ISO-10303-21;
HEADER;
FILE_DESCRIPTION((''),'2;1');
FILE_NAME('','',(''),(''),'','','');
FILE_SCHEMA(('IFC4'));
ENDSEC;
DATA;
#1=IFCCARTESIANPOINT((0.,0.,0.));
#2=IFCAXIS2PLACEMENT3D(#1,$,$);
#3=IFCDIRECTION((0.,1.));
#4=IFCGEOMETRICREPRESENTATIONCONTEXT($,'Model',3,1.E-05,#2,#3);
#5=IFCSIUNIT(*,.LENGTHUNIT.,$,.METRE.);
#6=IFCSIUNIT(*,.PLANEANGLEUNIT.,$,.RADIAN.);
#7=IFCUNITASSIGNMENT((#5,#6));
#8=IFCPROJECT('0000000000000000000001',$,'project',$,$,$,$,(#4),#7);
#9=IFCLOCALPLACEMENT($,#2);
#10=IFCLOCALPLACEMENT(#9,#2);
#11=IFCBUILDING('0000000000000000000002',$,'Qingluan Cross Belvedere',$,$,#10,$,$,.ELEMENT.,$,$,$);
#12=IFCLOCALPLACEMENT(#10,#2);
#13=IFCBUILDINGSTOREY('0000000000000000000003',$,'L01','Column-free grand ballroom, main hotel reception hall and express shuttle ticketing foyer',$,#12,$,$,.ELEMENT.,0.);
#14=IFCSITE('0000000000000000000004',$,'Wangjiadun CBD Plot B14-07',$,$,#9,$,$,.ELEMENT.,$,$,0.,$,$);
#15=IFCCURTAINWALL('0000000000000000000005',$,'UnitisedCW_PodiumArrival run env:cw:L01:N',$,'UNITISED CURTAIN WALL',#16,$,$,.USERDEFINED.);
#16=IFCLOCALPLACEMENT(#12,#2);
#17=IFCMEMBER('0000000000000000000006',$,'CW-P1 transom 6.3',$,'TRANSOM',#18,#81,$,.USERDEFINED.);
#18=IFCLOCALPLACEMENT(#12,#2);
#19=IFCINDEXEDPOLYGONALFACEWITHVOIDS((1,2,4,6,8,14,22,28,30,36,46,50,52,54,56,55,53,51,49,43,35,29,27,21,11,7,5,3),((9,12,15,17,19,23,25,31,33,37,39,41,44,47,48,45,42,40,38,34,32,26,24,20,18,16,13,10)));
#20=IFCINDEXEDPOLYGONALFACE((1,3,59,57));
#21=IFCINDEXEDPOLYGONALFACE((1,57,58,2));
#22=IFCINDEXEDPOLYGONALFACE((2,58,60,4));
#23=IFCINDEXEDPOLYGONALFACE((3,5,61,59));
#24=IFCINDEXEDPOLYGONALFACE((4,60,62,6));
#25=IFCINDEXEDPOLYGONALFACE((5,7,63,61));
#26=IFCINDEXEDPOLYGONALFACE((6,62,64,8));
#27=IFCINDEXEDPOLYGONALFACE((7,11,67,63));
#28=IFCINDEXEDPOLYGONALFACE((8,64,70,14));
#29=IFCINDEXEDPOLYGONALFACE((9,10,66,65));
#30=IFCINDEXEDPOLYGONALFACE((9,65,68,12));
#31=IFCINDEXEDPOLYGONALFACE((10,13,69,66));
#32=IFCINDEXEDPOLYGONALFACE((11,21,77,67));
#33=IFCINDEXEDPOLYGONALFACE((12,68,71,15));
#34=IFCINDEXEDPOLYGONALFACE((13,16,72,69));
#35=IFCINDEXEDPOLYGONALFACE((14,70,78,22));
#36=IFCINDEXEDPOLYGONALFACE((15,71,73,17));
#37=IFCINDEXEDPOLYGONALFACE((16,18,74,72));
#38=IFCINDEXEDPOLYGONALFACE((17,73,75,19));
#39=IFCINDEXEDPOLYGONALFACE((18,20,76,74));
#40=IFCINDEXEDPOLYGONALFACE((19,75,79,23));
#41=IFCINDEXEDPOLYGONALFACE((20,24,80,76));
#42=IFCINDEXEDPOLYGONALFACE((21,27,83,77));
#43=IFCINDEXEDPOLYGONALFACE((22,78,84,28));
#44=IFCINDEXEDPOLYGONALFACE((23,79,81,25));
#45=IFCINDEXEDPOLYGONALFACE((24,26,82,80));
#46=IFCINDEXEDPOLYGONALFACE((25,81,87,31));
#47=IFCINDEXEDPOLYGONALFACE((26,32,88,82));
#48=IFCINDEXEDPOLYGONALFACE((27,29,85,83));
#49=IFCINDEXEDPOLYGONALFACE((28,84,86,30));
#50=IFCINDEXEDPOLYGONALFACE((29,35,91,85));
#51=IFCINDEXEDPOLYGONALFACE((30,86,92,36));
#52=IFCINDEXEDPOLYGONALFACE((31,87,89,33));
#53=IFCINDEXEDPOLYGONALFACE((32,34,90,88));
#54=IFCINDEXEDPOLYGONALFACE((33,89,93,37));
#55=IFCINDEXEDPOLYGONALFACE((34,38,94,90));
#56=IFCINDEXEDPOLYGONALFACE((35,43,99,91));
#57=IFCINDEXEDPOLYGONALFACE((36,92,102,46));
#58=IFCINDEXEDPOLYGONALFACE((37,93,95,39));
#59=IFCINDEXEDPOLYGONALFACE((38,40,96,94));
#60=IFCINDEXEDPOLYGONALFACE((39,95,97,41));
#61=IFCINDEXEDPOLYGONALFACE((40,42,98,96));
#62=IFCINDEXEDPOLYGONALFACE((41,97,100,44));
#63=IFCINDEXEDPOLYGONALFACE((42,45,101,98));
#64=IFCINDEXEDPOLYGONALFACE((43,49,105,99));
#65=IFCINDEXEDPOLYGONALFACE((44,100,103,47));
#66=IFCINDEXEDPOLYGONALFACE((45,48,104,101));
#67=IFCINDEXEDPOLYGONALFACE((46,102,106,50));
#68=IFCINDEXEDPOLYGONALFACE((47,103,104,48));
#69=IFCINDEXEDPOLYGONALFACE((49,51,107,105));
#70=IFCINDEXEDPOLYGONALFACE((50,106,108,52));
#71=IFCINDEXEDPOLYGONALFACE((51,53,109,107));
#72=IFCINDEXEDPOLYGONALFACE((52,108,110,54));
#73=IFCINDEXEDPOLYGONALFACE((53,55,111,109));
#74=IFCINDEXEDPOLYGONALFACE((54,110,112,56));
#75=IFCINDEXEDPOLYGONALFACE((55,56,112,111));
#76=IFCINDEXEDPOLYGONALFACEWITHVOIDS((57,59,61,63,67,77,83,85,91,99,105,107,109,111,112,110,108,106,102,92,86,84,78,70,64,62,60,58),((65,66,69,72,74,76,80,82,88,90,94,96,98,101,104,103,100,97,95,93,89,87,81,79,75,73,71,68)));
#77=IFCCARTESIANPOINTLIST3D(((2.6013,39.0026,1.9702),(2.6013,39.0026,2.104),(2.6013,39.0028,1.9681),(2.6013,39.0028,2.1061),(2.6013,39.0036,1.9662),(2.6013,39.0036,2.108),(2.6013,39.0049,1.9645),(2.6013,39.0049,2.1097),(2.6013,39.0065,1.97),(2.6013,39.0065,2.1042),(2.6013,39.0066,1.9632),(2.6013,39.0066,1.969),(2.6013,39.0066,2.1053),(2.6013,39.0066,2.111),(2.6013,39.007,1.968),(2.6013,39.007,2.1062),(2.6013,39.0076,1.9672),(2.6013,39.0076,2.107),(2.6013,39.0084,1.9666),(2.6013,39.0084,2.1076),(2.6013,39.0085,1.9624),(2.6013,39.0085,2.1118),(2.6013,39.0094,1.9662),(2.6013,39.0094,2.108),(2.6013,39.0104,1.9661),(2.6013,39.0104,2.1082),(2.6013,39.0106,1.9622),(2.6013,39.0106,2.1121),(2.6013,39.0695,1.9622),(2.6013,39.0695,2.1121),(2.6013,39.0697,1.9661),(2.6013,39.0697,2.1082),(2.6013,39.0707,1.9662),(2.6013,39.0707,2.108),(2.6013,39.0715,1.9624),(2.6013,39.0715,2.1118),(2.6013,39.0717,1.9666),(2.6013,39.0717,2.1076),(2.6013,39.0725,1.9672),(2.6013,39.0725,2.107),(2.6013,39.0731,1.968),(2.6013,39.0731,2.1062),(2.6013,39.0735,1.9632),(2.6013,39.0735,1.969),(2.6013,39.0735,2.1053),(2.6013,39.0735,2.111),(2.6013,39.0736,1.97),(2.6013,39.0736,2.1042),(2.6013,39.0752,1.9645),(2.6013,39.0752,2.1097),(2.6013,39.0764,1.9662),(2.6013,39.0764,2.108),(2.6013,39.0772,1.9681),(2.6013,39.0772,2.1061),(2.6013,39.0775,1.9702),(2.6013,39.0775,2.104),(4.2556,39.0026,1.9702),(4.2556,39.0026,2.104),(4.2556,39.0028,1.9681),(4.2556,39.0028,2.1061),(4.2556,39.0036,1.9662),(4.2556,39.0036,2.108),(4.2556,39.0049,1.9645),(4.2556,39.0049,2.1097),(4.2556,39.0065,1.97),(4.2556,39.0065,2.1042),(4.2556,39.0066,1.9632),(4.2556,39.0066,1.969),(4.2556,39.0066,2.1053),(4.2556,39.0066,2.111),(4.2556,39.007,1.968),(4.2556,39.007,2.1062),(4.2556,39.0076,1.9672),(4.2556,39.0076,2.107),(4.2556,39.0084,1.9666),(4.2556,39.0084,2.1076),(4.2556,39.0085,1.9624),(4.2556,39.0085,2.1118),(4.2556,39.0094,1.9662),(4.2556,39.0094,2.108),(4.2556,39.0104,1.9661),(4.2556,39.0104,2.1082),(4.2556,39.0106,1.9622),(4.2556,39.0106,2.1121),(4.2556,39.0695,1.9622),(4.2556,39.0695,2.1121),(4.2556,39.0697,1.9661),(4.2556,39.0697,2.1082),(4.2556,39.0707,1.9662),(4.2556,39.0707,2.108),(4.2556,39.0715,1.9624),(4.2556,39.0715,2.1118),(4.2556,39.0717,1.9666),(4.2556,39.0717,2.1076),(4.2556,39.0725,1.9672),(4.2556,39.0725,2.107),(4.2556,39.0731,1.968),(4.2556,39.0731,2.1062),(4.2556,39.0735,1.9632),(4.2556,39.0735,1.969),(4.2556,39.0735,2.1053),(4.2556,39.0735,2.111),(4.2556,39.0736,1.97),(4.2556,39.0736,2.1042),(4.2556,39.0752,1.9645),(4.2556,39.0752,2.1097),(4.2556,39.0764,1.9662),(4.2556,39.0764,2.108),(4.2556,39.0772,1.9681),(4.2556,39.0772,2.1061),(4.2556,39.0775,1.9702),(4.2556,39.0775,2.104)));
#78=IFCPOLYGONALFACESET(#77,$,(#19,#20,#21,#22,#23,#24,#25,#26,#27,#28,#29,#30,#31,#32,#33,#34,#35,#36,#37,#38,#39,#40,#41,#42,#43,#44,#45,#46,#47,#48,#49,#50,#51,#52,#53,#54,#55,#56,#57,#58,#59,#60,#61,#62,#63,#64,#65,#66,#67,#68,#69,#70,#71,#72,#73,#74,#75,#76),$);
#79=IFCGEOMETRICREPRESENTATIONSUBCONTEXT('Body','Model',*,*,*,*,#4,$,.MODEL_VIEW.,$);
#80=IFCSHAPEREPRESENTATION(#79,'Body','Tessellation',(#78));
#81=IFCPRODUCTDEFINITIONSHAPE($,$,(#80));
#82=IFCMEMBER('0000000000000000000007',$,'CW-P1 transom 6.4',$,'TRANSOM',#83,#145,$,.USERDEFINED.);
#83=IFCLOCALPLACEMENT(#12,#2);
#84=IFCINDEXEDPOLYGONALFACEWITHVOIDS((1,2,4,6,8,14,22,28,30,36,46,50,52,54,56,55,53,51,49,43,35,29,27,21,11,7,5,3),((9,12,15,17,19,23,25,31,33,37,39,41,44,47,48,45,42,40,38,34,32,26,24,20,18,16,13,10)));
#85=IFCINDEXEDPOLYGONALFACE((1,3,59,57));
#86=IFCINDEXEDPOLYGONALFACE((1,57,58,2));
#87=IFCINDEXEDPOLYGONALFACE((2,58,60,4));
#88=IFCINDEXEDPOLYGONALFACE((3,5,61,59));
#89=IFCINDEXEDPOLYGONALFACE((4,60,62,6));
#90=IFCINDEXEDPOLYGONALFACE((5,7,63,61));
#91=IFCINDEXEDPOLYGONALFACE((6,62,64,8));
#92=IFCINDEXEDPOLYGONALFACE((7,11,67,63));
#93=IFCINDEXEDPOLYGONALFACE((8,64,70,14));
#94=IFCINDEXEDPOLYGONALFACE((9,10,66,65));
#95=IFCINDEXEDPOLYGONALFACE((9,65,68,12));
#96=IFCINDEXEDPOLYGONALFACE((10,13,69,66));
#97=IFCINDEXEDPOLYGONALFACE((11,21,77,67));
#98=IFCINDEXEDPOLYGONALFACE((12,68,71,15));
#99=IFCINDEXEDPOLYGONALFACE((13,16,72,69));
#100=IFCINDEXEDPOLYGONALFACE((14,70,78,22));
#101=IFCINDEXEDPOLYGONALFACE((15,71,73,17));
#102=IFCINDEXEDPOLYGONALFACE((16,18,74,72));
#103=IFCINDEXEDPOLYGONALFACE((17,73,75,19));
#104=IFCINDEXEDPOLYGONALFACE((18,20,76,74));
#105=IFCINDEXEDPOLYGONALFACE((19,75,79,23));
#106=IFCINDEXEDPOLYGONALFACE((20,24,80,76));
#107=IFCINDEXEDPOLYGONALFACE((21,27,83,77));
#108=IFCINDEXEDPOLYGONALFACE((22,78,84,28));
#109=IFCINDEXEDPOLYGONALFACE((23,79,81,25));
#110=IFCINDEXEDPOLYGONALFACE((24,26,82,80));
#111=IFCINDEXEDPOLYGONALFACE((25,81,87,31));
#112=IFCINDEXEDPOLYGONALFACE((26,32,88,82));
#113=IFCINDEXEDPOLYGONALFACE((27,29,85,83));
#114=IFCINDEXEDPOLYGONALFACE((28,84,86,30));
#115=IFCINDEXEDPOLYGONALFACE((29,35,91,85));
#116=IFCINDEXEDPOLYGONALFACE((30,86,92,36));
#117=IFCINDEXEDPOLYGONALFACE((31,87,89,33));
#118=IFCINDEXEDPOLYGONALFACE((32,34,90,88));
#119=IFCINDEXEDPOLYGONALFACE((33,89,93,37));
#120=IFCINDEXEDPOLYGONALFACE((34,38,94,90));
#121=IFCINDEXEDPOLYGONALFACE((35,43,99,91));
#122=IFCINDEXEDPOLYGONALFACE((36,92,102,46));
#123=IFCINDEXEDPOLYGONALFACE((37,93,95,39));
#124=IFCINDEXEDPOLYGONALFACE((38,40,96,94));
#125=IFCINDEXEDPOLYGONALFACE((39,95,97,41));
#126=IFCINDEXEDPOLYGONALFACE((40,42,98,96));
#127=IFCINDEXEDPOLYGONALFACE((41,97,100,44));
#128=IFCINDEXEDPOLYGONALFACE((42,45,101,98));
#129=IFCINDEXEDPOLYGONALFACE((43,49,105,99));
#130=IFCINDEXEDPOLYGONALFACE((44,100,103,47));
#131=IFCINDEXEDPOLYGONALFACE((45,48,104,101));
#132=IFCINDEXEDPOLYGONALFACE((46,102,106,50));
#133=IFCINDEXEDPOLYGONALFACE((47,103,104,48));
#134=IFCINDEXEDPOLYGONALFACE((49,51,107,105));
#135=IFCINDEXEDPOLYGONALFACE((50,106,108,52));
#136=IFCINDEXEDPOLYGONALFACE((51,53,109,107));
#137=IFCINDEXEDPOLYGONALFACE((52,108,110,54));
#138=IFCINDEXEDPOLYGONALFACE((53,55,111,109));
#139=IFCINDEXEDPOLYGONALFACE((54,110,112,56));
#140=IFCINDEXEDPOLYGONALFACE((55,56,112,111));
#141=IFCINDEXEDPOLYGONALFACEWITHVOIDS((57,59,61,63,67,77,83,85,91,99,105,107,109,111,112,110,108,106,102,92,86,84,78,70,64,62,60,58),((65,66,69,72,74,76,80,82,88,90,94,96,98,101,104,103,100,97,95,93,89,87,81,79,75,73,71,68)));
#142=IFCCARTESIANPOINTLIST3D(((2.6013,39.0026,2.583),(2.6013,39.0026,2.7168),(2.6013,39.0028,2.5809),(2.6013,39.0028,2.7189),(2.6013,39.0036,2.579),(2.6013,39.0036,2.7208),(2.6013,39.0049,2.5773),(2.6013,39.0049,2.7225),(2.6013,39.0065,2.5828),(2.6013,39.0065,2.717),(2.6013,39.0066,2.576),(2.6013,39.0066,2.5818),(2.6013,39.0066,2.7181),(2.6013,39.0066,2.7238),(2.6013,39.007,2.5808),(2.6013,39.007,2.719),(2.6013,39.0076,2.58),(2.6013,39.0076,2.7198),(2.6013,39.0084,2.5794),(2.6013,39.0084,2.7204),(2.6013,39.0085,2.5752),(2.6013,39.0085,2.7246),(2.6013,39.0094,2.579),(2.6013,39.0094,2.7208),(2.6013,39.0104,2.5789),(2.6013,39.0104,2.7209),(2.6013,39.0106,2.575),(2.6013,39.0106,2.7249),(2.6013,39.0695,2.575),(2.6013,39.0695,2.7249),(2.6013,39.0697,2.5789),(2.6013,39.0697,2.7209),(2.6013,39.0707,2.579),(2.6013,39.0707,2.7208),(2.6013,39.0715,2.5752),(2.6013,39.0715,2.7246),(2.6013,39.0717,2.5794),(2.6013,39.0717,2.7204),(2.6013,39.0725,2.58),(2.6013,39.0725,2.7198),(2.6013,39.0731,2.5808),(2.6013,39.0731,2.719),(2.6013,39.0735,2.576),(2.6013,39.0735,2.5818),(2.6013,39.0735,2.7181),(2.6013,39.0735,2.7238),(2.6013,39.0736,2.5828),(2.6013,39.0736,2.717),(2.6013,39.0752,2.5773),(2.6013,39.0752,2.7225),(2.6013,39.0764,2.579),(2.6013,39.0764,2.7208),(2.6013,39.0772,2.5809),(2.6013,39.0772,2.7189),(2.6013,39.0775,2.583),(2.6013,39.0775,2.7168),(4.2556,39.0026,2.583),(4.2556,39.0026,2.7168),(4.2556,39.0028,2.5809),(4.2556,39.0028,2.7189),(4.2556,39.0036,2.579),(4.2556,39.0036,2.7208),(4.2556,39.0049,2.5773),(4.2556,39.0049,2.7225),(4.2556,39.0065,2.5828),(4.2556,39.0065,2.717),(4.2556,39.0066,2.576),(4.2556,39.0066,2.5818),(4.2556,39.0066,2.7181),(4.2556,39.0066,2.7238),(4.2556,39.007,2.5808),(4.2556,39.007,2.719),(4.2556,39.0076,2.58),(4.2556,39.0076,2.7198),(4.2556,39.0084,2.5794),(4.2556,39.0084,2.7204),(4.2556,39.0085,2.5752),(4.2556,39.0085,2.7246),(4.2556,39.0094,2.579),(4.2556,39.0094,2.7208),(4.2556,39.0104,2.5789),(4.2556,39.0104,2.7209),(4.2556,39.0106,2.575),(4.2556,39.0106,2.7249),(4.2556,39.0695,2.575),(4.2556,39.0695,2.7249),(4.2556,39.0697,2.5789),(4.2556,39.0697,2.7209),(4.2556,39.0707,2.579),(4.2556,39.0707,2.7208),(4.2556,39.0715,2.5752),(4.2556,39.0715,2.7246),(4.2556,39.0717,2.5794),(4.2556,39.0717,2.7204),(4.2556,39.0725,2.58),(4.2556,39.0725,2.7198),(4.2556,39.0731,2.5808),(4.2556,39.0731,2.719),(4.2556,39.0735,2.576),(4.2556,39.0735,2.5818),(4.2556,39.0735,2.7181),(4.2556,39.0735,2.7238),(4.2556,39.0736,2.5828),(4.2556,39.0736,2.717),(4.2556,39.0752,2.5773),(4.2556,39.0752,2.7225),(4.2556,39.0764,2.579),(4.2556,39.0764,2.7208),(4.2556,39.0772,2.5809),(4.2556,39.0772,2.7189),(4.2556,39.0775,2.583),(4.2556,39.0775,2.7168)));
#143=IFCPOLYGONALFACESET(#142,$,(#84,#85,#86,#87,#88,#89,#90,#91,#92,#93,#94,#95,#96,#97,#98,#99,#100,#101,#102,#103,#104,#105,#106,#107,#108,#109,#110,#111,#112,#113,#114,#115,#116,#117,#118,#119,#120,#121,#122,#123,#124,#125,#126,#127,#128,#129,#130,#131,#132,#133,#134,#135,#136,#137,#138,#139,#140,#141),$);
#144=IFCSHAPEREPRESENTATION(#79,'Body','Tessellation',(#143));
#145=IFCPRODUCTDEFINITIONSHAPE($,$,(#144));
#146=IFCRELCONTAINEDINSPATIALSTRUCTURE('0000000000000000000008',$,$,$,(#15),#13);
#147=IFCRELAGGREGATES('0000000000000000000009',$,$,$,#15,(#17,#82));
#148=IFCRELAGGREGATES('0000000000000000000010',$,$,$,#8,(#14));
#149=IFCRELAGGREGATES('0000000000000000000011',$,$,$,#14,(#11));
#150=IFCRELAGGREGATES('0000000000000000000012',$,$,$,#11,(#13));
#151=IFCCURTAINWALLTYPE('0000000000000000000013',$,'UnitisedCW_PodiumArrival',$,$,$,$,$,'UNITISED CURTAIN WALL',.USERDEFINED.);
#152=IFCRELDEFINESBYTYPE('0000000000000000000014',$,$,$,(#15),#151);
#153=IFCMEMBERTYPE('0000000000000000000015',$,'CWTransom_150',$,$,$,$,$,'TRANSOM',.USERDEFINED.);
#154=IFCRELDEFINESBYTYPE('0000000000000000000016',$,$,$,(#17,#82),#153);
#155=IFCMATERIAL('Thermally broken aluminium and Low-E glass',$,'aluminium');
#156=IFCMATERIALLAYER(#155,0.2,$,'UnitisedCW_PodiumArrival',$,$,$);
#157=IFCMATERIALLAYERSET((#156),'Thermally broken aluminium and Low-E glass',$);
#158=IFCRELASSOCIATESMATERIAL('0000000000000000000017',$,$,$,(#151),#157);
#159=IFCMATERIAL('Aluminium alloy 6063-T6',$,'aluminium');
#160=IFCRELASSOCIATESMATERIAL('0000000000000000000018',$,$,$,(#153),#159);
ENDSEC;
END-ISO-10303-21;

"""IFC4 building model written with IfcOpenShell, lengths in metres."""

from ifc_helpers import new_model, si_unit, direction, frame, origin, origin_2d, place, context, subcontext, project, spatial, hollow_rectangle, extrude, material, layer, layer_set, material_profile, profile_set, type_object, element, aggregate, save


model = new_model("IFC4")

# Units and contexts
model_context = context("Model", 3, precision=1e-05, world=origin(), true_north=direction((0.0, 1.0)))
body_context = subcontext(model_context, "Body", "Model", "MODEL_VIEW")
ifc_project = project(units=[si_unit("LENGTHUNIT", "METRE"), si_unit("PLANEANGLEUNIT", "RADIAN")], contexts=[model_context])

# Site, building, storey
site_placement = place(None, origin())
site = spatial("IfcSite", under=ifc_project, at=site_placement, Name="Wangjiadun CBD Plot B14-07", CompositionType="ELEMENT", RefElevation=0.0)
building_placement = place(site_placement, origin())
building = spatial("IfcBuilding", under=site, at=building_placement, Name="Qingluan Cross Belvedere", CompositionType="ELEMENT")
storey_placement = place(building_placement, origin())
storey = spatial("IfcBuildingStorey", under=building, at=storey_placement, Name="L01", Description="Column-free grand ballroom, main hotel reception hall and express shuttle ticketing foyer", CompositionType="ELEMENT", Elevation=0.0)

# Curtain wall, members
ifc_material_1 = material(Name="Thermally broken aluminium and Low-E glass", Category="aluminium")
ifc_layer_1 = layer(ifc_material_1, 0.2, Name="UnitisedCW_PodiumArrival")
ifc_layer_set_1 = layer_set([ifc_layer_1], Name="Thermally broken aluminium and Low-E glass")
curtain_wall_type = type_object("IfcCurtainWallType", Name="UnitisedCW_PodiumArrival", ElementType="UNITISED CURTAIN WALL", PredefinedType="USERDEFINED", material=ifc_layer_set_1)
curtain_wall_placement = place(storey_placement, origin())
curtain_wall = element("IfcCurtainWall", 1, at=curtain_wall_placement, inside=storey, type_object=curtain_wall_type, Name="UnitisedCW_PodiumArrival run env:cw:L01:N", ObjectType="UNITISED CURTAIN WALL", PredefinedType="USERDEFINED")
ifc_material_2 = material(Name="Aluminium alloy 6063-T6", Category="aluminium")
ifc_material_profile_1 = material_profile(ifc_material_2, hollow_rectangle(XDim=0.075, YDim=0.1499, WallThickness=0.0039, InnerFilletRadius=0.0039, OuterFilletRadius=0.0081, at=origin_2d()), Name="CWT150x75x4")
ifc_profile_set_1 = profile_set([ifc_material_profile_1], Name="Aluminium alloy 6063-T6")
member_type_1 = type_object("IfcMemberType", Name="CWTransom_150", ElementType="TRANSOM", PredefinedType="USERDEFINED", material=ifc_profile_set_1)
member_1_placement = place(storey_placement, frame((2.6013, 39.04, 2.0371), z_axis=(1.0, 0.0, 0.0), x_axis=(0.0, 1.0, 0.0)))
member_1 = element("IfcMember", 2, at=member_1_placement, type_object=member_type_1, Name="CW-P1 transom 6.3", ObjectType="TRANSOM", PredefinedType="USERDEFINED", context=body_context, shape_type="SweptSolid", body=[
    extrude(hollow_rectangle(XDim=0.075, YDim=0.1499, WallThickness=0.0039, InnerFilletRadius=0.0039, OuterFilletRadius=0.0081, at=origin_2d()), origin(), (0.0, 0.0, 1.0), 1.6543),
])
member_2_placement = place(storey_placement, frame((2.6013, 39.04, 2.6499), z_axis=(1.0, 0.0, 0.0), x_axis=(0.0, 1.0, 0.0)))
member_2 = element("IfcMember", 3, at=member_2_placement, type_object=member_type_1, Name="CW-P1 transom 6.4", ObjectType="TRANSOM", PredefinedType="USERDEFINED", context=body_context, shape_type="SweptSolid", body=[
    extrude(hollow_rectangle(XDim=0.075, YDim=0.1499, WallThickness=0.0039, InnerFilletRadius=0.0039, OuterFilletRadius=0.0081, at=origin_2d()), origin(), (0.0, 0.0, 1.0), 1.6543),
])

aggregate(curtain_wall, [member_1, member_2])

save(model, "model.ifc")
